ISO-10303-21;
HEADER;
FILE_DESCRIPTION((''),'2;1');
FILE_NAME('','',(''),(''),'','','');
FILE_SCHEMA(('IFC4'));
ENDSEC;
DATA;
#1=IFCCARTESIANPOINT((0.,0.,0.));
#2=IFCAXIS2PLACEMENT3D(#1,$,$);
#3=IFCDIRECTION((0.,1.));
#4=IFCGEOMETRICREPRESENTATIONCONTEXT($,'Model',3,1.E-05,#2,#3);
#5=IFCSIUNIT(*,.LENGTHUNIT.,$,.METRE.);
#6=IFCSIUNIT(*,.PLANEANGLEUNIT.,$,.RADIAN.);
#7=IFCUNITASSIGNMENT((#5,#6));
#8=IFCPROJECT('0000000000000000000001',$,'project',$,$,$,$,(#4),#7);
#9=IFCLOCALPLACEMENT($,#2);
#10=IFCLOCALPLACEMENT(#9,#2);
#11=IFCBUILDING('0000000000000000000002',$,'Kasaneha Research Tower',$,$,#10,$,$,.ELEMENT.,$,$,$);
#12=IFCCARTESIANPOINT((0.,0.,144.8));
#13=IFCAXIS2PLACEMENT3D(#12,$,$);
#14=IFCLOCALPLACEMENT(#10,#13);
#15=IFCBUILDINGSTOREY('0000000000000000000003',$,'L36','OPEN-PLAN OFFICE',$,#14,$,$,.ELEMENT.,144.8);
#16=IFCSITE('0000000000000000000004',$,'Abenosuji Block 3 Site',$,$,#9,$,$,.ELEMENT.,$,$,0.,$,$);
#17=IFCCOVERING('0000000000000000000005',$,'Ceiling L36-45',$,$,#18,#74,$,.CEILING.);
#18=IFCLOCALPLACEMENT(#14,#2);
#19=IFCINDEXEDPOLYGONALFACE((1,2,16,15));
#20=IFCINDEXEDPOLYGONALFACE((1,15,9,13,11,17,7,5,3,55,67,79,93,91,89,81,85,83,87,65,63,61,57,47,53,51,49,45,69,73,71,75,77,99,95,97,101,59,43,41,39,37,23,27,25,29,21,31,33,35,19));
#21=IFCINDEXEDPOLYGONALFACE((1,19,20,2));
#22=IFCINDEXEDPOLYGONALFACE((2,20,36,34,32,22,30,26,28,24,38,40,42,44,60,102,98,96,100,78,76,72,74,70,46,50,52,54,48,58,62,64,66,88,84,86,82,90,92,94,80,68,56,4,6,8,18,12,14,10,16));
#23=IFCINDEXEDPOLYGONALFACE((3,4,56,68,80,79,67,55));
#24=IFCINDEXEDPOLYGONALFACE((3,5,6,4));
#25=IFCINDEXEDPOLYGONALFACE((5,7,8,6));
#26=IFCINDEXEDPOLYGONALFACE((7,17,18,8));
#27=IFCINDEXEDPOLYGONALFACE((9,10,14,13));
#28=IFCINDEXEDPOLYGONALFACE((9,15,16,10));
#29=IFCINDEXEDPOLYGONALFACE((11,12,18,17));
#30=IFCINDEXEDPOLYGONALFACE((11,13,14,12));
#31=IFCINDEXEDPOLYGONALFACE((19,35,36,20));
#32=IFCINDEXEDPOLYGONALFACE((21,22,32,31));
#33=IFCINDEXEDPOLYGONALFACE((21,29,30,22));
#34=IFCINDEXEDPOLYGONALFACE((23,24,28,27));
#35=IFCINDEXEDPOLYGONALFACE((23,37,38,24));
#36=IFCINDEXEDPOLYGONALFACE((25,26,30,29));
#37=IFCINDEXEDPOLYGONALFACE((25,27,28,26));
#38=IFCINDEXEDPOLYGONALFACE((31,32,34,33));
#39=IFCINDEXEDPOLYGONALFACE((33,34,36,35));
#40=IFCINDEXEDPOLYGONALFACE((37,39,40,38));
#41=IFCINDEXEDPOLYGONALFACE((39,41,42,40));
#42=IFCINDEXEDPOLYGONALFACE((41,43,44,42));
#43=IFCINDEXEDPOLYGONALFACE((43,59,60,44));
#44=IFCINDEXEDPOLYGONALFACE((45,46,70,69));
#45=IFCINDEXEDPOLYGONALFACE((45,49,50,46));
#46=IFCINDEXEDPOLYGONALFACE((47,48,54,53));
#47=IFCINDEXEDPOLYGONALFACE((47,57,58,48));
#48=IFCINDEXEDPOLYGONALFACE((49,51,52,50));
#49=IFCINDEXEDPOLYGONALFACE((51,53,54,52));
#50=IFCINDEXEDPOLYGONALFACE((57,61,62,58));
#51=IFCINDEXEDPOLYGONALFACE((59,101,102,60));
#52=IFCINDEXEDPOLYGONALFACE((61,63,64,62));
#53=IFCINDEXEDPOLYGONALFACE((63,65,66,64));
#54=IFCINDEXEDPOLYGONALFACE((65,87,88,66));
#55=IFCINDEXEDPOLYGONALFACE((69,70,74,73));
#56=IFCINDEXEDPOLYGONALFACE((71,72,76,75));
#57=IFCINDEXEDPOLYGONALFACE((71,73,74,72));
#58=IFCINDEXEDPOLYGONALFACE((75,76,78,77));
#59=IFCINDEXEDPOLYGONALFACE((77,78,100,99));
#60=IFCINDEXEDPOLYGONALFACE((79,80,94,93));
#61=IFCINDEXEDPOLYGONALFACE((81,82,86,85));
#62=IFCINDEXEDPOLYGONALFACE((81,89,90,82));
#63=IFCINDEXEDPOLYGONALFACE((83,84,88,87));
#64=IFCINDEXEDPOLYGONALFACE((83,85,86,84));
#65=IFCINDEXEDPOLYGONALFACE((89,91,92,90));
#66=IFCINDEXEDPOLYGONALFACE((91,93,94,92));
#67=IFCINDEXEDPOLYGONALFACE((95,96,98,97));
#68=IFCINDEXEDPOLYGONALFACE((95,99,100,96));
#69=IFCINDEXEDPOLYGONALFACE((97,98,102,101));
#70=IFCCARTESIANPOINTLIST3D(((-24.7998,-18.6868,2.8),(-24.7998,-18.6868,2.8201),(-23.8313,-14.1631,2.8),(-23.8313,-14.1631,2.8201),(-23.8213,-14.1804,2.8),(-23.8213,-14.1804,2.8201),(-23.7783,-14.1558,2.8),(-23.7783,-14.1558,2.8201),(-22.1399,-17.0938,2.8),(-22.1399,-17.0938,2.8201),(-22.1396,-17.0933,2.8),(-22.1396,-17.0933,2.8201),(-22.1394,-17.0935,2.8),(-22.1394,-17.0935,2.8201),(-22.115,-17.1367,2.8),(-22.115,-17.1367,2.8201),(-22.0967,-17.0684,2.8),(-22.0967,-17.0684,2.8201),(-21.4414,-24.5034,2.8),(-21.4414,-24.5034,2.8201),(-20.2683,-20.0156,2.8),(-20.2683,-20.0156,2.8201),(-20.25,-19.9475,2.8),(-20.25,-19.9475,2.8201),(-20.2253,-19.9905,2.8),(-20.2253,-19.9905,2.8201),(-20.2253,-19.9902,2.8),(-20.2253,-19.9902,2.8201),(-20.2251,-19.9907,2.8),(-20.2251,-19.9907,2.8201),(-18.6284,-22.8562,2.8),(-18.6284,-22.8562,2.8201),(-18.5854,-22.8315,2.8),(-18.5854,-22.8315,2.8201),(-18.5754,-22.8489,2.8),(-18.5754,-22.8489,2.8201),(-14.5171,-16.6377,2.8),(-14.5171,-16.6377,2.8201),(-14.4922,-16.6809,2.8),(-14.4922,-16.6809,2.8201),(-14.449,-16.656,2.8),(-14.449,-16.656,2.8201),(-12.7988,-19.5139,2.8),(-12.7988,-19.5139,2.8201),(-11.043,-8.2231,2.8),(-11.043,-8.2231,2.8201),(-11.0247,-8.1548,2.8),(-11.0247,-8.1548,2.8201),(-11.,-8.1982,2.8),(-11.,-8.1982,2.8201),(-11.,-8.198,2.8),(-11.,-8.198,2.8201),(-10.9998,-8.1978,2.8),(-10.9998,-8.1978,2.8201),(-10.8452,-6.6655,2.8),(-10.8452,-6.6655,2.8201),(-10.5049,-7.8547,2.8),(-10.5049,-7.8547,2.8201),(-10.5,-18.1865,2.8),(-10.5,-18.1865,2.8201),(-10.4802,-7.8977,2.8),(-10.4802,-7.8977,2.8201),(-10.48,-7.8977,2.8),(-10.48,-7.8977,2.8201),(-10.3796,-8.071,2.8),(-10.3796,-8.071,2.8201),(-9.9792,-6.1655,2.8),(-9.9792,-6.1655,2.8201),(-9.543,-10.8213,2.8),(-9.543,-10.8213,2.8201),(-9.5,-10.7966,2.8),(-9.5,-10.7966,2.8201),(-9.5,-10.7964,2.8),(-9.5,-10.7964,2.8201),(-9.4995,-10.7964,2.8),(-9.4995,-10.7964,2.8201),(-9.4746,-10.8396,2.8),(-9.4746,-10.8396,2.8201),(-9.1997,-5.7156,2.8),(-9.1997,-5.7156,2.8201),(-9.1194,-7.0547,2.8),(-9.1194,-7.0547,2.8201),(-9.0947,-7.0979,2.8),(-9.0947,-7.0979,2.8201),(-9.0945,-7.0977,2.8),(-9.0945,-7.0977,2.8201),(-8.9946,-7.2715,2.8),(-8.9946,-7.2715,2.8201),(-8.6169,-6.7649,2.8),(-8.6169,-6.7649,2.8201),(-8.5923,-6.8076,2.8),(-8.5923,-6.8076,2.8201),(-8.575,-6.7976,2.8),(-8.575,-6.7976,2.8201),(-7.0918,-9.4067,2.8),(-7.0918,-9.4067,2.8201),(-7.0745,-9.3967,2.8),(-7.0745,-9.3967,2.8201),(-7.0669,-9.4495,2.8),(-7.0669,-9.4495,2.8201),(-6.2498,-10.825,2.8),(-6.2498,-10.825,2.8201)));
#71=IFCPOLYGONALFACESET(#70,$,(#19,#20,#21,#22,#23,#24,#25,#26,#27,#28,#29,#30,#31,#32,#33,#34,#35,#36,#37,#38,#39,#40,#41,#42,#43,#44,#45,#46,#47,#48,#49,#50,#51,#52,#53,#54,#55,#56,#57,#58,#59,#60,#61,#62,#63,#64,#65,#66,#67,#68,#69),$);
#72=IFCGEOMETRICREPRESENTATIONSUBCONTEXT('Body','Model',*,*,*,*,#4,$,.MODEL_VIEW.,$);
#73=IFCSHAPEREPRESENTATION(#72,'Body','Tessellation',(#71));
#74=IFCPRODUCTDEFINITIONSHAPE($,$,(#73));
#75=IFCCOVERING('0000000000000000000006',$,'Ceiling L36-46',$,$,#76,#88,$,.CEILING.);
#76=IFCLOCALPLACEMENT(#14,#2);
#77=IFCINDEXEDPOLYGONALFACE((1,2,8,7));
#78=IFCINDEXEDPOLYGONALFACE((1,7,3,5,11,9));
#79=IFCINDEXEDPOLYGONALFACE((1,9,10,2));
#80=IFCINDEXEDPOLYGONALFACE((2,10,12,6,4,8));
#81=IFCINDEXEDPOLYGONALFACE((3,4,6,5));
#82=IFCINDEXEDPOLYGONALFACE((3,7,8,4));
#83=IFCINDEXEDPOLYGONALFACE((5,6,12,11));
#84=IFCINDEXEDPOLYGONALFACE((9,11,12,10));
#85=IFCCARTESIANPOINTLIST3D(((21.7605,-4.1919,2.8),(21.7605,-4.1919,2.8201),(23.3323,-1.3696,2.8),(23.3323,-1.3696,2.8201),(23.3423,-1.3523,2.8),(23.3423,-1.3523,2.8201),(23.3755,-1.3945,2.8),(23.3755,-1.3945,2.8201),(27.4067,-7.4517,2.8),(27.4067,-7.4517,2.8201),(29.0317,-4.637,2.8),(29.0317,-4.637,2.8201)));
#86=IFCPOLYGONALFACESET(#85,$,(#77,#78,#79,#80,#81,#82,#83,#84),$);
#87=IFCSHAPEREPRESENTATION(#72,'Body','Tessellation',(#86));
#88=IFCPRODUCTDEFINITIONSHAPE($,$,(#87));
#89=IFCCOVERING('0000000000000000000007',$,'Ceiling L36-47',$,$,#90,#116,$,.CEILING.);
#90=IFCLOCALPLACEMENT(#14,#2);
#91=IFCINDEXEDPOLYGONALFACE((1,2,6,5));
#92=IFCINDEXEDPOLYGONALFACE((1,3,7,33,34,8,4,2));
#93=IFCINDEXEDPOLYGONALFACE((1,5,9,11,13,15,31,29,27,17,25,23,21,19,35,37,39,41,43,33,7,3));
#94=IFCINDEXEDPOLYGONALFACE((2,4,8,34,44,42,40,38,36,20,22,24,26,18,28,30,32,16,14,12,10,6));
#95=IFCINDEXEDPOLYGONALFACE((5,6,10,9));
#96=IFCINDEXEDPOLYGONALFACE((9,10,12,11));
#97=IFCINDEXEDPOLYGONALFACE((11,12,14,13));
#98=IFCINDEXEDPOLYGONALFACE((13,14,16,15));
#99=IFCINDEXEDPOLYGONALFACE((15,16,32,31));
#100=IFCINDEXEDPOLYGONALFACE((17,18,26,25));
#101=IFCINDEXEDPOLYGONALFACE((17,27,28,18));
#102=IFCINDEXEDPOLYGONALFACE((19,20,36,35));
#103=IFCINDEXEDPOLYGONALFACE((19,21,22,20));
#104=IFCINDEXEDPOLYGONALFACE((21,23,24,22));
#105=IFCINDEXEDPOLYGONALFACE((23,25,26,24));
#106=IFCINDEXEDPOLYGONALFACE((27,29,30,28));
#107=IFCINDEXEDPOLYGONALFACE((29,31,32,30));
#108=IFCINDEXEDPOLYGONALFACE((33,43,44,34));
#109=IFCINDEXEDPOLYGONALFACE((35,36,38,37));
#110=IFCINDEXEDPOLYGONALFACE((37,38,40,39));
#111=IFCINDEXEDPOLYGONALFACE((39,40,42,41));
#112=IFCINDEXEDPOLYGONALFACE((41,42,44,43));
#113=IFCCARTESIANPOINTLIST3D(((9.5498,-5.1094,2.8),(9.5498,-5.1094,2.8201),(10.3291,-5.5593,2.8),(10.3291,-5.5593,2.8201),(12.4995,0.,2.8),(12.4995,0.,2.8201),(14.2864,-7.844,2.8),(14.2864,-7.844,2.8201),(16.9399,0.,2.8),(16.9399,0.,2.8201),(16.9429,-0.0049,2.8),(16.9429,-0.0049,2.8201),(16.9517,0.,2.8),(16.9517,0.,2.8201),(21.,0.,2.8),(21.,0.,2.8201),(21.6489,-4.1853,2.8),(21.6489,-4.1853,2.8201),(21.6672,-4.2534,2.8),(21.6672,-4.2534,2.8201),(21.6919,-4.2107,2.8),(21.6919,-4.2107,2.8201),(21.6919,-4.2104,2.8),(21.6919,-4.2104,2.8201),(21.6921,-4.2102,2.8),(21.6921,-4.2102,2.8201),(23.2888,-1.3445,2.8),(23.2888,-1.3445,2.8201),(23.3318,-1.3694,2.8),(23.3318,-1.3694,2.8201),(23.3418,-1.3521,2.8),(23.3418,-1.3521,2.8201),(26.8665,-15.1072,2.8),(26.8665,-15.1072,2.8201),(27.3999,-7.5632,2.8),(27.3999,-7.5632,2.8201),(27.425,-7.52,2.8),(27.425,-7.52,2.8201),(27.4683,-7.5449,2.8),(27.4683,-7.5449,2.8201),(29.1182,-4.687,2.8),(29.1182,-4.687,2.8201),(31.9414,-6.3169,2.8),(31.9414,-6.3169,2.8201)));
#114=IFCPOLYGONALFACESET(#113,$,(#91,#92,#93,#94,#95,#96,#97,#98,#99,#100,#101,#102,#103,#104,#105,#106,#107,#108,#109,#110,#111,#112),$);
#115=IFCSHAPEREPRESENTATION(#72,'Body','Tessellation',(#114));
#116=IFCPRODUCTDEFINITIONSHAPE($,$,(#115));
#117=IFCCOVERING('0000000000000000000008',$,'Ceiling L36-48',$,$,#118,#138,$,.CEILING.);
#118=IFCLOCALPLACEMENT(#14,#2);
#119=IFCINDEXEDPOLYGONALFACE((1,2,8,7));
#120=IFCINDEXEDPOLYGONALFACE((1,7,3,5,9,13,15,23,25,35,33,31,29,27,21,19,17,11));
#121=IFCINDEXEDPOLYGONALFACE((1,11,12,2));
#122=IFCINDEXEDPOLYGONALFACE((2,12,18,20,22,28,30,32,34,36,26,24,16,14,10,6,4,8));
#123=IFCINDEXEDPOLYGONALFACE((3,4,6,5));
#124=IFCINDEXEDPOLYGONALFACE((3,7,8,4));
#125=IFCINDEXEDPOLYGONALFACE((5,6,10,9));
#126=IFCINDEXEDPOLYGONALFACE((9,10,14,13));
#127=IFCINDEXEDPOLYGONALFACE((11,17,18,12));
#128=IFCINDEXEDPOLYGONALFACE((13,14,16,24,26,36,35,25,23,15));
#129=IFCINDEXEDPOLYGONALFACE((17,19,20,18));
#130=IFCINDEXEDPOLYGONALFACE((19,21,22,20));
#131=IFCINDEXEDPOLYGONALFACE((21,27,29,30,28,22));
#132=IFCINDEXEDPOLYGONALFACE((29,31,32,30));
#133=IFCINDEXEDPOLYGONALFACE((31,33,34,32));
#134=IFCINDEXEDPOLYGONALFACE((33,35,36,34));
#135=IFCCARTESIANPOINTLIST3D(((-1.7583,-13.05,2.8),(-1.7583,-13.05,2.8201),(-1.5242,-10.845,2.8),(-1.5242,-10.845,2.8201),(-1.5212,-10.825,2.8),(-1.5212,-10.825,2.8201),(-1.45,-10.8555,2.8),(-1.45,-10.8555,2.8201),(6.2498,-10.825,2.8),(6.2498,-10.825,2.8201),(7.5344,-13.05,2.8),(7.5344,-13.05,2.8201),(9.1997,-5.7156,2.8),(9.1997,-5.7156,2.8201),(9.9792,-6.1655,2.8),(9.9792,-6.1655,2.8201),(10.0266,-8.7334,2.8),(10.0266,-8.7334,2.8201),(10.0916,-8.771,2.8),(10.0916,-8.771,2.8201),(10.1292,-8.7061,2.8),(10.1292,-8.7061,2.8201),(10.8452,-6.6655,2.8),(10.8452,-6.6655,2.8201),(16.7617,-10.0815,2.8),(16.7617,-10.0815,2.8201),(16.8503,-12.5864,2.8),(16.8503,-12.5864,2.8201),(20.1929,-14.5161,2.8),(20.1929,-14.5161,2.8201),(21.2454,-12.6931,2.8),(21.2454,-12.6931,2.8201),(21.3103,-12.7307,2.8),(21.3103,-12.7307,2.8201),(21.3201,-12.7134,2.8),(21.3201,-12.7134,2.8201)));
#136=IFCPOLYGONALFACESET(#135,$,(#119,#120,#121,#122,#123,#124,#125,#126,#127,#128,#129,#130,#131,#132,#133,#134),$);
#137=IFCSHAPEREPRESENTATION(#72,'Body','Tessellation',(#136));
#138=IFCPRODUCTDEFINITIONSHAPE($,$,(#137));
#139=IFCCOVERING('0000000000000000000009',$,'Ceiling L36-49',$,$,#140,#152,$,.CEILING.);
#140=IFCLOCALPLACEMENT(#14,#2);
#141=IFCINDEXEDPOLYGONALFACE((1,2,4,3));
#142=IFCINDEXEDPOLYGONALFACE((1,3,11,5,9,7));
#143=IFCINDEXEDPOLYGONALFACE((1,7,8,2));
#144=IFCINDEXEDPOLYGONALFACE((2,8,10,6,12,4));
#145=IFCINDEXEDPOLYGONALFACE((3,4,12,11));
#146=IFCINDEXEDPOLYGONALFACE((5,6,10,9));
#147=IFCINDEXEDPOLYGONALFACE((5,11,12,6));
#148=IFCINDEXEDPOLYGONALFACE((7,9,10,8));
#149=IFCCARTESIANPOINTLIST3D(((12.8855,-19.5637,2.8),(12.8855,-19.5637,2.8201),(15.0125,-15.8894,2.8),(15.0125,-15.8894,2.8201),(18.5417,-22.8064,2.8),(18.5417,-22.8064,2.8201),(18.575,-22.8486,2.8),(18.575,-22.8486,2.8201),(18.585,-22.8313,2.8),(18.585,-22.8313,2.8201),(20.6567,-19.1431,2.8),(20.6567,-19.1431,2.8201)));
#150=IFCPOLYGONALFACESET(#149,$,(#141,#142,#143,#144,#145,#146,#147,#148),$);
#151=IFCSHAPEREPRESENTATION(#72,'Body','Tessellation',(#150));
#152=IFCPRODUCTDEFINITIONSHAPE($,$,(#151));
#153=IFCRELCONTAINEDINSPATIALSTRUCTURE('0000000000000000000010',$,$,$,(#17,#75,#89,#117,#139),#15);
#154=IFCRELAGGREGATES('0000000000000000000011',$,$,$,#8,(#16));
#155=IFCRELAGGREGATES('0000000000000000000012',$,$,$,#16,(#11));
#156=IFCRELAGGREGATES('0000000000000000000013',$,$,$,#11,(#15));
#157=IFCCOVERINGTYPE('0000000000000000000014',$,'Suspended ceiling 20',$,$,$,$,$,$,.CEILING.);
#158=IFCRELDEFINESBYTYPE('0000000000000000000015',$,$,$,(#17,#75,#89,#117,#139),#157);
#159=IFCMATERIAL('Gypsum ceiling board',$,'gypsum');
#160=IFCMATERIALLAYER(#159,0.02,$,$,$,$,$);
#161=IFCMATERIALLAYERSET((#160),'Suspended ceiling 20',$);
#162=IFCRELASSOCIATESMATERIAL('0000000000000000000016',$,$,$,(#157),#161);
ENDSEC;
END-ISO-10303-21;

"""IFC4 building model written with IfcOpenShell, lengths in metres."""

from ifc_helpers import new_model, si_unit, direction, frame, origin, place, context, subcontext, project, spatial, polyline, outline, extrude, material, layer, layer_set, type_object, element, save


model = new_model("IFC4")

# Units and contexts
model_context = context("Model", 3, precision=1e-05, world=origin(), true_north=direction((0.0, 1.0)))
body_context = subcontext(model_context, "Body", "Model", "MODEL_VIEW")
ifc_project = project(units=[si_unit("LENGTHUNIT", "METRE"), si_unit("PLANEANGLEUNIT", "RADIAN")], contexts=[model_context])

# Site, building, storey
site_placement = place(None, origin())
site = spatial("IfcSite", under=ifc_project, at=site_placement, Name="Abenosuji Block 3 Site", CompositionType="ELEMENT", RefElevation=0.0)
building_placement = place(site_placement, origin())
building = spatial("IfcBuilding", under=site, at=building_placement, Name="Kasaneha Research Tower", CompositionType="ELEMENT")
storey_placement = place(building_placement, frame((0.0, 0.0, 144.8)))
storey = spatial("IfcBuildingStorey", under=building, at=storey_placement, Name="L36", Description="OPEN-PLAN OFFICE", CompositionType="ELEMENT", Elevation=144.8)

# Coverings
ifc_material_1 = material(Name="Gypsum ceiling board", Category="gypsum")
ifc_layer_1 = layer(ifc_material_1, 0.02)
ifc_layer_set_1 = layer_set([ifc_layer_1], Name="Suspended ceiling 20")
covering_type_1 = type_object("IfcCoveringType", Name="Suspended ceiling 20", PredefinedType="CEILING", material=ifc_layer_set_1)
covering_1_placement = place(storey_placement, frame((0.0, 0.0, 2.8)))
element("IfcCovering", 1, at=covering_1_placement, inside=storey, type_object=covering_type_1, Name="Ceiling L36-45", PredefinedType="CEILING", context=body_context, shape_type="SweptSolid", body=[
    extrude(outline(polyline([(-9.9792, -6.1655), (-9.9792, -6.1655), (-9.1997, -5.7156), (-8.575, -6.7976), (-8.5923, -6.8076), (-8.6169, -6.7649), (-9.1194, -7.0547), (-9.0945, -7.0977), (-9.0947, -7.0979), (-8.9946, -7.2715), (-10.3796, -8.071), (-10.48, -7.8977), (-10.4802, -7.8977), (-10.5049, -7.8547), (-11.0247, -8.1548), (-10.9998, -8.1978), (-11.0, -8.198), (-11.0, -8.1982), (-11.043, -8.2231), (-9.543, -10.8213), (-9.5, -10.7964), (-9.5, -10.7966), (-9.4995, -10.7964), (-9.4746, -10.8396), (-7.0669, -9.4495), (-7.0918, -9.4067), (-7.0745, -9.3967), (-6.2498, -10.825), (-10.5, -18.1865), (-12.7988, -19.5139), (-14.449, -16.656), (-14.4922, -16.6809), (-14.5171, -16.6377), (-20.25, -19.9475), (-20.2253, -19.9902), (-20.2253, -19.9905), (-20.2251, -19.9907), (-20.2683, -20.0156), (-18.6284, -22.8562), (-18.5854, -22.8315), (-18.5754, -22.8489), (-21.4414, -24.5034), (-24.7998, -18.6868), (-22.115, -17.1367), (-22.1399, -17.0938), (-22.1394, -17.0935), (-22.1396, -17.0933), (-22.0967, -17.0684), (-23.7783, -14.1558), (-23.8213, -14.1804), (-23.8313, -14.1631), (-10.8452, -6.6655), (-10.8452, -6.6655), (-9.9792, -6.1655)])), origin(), (0.0, 0.0, 1.0), 0.02),
])
covering_2_placement = place(storey_placement, frame((0.0, 0.0, 2.8)))
element("IfcCovering", 2, at=covering_2_placement, inside=storey, type_object=covering_type_1, Name="Ceiling L36-46", PredefinedType="CEILING", context=body_context, shape_type="SweptSolid", body=[
    extrude(outline(polyline([(29.0317, -4.637), (27.4067, -7.4517), (21.7605, -4.1919), (23.3755, -1.3945), (23.3323, -1.3696), (23.3423, -1.3523), (29.0317, -4.637)])), origin(), (0.0, 0.0, 1.0), 0.02),
])
covering_3_placement = place(storey_placement, frame((0.0, 0.0, 2.8)))
element("IfcCovering", 3, at=covering_3_placement, inside=storey, type_object=covering_type_1, Name="Ceiling L36-47", PredefinedType="CEILING", context=body_context, shape_type="SweptSolid", body=[
    extrude(outline(polyline([(9.5498, -5.1094), (12.4995, 0.0), (16.9399, 0.0), (16.9429, -0.0049), (16.9517, 0.0), (21.0, 0.0), (23.3418, -1.3521), (23.3318, -1.3694), (23.2888, -1.3445), (21.6489, -4.1853), (21.6921, -4.2102), (21.6919, -4.2104), (21.6919, -4.2107), (21.6672, -4.2534), (27.3999, -7.5632), (27.425, -7.52), (27.4683, -7.5449), (29.1182, -4.687), (31.9414, -6.3169), (26.8665, -15.1072), (14.2864, -7.844), (10.3291, -5.5593), (10.3291, -5.5593), (9.5498, -5.1094)])), origin(), (0.0, 0.0, 1.0), 0.02),
])
covering_4_placement = place(storey_placement, frame((0.0, 0.0, 2.8)))
element("IfcCovering", 4, at=covering_4_placement, inside=storey, type_object=covering_type_1, Name="Ceiling L36-48", PredefinedType="CEILING", context=body_context, shape_type="SweptSolid", body=[
    extrude(outline(polyline([(10.0916, -8.771), (10.0266, -8.7334), (7.5344, -13.05), (-1.7583, -13.05), (-1.45, -10.8555), (-1.5242, -10.845), (-1.5212, -10.825), (6.2498, -10.825), (9.1997, -5.7156), (9.9792, -6.1655), (9.9792, -6.1655), (10.8452, -6.6655), (10.8452, -6.6655), (16.7617, -10.0815), (21.3201, -12.7134), (21.3103, -12.7307), (21.2454, -12.6931), (20.1929, -14.5161), (16.8503, -12.5864), (16.8503, -12.5864), (10.1292, -8.7061), (10.0916, -8.771), (10.0916, -8.7708), (10.0916, -8.771)])), origin(), (0.0, 0.0, 1.0), 0.02),
])
covering_5_placement = place(storey_placement, frame((0.0, 0.0, 2.8)))
element("IfcCovering", 5, at=covering_5_placement, inside=storey, type_object=covering_type_1, Name="Ceiling L36-49", PredefinedType="CEILING", context=body_context, shape_type="SweptSolid", body=[
    extrude(outline(polyline([(12.8855, -19.5637), (15.0125, -15.8894), (20.6567, -19.1431), (18.5417, -22.8064), (18.585, -22.8313), (18.575, -22.8486), (12.8855, -19.5637)])), origin(), (0.0, 0.0, 1.0), 0.02),
])

save(model, "model.ifc")
